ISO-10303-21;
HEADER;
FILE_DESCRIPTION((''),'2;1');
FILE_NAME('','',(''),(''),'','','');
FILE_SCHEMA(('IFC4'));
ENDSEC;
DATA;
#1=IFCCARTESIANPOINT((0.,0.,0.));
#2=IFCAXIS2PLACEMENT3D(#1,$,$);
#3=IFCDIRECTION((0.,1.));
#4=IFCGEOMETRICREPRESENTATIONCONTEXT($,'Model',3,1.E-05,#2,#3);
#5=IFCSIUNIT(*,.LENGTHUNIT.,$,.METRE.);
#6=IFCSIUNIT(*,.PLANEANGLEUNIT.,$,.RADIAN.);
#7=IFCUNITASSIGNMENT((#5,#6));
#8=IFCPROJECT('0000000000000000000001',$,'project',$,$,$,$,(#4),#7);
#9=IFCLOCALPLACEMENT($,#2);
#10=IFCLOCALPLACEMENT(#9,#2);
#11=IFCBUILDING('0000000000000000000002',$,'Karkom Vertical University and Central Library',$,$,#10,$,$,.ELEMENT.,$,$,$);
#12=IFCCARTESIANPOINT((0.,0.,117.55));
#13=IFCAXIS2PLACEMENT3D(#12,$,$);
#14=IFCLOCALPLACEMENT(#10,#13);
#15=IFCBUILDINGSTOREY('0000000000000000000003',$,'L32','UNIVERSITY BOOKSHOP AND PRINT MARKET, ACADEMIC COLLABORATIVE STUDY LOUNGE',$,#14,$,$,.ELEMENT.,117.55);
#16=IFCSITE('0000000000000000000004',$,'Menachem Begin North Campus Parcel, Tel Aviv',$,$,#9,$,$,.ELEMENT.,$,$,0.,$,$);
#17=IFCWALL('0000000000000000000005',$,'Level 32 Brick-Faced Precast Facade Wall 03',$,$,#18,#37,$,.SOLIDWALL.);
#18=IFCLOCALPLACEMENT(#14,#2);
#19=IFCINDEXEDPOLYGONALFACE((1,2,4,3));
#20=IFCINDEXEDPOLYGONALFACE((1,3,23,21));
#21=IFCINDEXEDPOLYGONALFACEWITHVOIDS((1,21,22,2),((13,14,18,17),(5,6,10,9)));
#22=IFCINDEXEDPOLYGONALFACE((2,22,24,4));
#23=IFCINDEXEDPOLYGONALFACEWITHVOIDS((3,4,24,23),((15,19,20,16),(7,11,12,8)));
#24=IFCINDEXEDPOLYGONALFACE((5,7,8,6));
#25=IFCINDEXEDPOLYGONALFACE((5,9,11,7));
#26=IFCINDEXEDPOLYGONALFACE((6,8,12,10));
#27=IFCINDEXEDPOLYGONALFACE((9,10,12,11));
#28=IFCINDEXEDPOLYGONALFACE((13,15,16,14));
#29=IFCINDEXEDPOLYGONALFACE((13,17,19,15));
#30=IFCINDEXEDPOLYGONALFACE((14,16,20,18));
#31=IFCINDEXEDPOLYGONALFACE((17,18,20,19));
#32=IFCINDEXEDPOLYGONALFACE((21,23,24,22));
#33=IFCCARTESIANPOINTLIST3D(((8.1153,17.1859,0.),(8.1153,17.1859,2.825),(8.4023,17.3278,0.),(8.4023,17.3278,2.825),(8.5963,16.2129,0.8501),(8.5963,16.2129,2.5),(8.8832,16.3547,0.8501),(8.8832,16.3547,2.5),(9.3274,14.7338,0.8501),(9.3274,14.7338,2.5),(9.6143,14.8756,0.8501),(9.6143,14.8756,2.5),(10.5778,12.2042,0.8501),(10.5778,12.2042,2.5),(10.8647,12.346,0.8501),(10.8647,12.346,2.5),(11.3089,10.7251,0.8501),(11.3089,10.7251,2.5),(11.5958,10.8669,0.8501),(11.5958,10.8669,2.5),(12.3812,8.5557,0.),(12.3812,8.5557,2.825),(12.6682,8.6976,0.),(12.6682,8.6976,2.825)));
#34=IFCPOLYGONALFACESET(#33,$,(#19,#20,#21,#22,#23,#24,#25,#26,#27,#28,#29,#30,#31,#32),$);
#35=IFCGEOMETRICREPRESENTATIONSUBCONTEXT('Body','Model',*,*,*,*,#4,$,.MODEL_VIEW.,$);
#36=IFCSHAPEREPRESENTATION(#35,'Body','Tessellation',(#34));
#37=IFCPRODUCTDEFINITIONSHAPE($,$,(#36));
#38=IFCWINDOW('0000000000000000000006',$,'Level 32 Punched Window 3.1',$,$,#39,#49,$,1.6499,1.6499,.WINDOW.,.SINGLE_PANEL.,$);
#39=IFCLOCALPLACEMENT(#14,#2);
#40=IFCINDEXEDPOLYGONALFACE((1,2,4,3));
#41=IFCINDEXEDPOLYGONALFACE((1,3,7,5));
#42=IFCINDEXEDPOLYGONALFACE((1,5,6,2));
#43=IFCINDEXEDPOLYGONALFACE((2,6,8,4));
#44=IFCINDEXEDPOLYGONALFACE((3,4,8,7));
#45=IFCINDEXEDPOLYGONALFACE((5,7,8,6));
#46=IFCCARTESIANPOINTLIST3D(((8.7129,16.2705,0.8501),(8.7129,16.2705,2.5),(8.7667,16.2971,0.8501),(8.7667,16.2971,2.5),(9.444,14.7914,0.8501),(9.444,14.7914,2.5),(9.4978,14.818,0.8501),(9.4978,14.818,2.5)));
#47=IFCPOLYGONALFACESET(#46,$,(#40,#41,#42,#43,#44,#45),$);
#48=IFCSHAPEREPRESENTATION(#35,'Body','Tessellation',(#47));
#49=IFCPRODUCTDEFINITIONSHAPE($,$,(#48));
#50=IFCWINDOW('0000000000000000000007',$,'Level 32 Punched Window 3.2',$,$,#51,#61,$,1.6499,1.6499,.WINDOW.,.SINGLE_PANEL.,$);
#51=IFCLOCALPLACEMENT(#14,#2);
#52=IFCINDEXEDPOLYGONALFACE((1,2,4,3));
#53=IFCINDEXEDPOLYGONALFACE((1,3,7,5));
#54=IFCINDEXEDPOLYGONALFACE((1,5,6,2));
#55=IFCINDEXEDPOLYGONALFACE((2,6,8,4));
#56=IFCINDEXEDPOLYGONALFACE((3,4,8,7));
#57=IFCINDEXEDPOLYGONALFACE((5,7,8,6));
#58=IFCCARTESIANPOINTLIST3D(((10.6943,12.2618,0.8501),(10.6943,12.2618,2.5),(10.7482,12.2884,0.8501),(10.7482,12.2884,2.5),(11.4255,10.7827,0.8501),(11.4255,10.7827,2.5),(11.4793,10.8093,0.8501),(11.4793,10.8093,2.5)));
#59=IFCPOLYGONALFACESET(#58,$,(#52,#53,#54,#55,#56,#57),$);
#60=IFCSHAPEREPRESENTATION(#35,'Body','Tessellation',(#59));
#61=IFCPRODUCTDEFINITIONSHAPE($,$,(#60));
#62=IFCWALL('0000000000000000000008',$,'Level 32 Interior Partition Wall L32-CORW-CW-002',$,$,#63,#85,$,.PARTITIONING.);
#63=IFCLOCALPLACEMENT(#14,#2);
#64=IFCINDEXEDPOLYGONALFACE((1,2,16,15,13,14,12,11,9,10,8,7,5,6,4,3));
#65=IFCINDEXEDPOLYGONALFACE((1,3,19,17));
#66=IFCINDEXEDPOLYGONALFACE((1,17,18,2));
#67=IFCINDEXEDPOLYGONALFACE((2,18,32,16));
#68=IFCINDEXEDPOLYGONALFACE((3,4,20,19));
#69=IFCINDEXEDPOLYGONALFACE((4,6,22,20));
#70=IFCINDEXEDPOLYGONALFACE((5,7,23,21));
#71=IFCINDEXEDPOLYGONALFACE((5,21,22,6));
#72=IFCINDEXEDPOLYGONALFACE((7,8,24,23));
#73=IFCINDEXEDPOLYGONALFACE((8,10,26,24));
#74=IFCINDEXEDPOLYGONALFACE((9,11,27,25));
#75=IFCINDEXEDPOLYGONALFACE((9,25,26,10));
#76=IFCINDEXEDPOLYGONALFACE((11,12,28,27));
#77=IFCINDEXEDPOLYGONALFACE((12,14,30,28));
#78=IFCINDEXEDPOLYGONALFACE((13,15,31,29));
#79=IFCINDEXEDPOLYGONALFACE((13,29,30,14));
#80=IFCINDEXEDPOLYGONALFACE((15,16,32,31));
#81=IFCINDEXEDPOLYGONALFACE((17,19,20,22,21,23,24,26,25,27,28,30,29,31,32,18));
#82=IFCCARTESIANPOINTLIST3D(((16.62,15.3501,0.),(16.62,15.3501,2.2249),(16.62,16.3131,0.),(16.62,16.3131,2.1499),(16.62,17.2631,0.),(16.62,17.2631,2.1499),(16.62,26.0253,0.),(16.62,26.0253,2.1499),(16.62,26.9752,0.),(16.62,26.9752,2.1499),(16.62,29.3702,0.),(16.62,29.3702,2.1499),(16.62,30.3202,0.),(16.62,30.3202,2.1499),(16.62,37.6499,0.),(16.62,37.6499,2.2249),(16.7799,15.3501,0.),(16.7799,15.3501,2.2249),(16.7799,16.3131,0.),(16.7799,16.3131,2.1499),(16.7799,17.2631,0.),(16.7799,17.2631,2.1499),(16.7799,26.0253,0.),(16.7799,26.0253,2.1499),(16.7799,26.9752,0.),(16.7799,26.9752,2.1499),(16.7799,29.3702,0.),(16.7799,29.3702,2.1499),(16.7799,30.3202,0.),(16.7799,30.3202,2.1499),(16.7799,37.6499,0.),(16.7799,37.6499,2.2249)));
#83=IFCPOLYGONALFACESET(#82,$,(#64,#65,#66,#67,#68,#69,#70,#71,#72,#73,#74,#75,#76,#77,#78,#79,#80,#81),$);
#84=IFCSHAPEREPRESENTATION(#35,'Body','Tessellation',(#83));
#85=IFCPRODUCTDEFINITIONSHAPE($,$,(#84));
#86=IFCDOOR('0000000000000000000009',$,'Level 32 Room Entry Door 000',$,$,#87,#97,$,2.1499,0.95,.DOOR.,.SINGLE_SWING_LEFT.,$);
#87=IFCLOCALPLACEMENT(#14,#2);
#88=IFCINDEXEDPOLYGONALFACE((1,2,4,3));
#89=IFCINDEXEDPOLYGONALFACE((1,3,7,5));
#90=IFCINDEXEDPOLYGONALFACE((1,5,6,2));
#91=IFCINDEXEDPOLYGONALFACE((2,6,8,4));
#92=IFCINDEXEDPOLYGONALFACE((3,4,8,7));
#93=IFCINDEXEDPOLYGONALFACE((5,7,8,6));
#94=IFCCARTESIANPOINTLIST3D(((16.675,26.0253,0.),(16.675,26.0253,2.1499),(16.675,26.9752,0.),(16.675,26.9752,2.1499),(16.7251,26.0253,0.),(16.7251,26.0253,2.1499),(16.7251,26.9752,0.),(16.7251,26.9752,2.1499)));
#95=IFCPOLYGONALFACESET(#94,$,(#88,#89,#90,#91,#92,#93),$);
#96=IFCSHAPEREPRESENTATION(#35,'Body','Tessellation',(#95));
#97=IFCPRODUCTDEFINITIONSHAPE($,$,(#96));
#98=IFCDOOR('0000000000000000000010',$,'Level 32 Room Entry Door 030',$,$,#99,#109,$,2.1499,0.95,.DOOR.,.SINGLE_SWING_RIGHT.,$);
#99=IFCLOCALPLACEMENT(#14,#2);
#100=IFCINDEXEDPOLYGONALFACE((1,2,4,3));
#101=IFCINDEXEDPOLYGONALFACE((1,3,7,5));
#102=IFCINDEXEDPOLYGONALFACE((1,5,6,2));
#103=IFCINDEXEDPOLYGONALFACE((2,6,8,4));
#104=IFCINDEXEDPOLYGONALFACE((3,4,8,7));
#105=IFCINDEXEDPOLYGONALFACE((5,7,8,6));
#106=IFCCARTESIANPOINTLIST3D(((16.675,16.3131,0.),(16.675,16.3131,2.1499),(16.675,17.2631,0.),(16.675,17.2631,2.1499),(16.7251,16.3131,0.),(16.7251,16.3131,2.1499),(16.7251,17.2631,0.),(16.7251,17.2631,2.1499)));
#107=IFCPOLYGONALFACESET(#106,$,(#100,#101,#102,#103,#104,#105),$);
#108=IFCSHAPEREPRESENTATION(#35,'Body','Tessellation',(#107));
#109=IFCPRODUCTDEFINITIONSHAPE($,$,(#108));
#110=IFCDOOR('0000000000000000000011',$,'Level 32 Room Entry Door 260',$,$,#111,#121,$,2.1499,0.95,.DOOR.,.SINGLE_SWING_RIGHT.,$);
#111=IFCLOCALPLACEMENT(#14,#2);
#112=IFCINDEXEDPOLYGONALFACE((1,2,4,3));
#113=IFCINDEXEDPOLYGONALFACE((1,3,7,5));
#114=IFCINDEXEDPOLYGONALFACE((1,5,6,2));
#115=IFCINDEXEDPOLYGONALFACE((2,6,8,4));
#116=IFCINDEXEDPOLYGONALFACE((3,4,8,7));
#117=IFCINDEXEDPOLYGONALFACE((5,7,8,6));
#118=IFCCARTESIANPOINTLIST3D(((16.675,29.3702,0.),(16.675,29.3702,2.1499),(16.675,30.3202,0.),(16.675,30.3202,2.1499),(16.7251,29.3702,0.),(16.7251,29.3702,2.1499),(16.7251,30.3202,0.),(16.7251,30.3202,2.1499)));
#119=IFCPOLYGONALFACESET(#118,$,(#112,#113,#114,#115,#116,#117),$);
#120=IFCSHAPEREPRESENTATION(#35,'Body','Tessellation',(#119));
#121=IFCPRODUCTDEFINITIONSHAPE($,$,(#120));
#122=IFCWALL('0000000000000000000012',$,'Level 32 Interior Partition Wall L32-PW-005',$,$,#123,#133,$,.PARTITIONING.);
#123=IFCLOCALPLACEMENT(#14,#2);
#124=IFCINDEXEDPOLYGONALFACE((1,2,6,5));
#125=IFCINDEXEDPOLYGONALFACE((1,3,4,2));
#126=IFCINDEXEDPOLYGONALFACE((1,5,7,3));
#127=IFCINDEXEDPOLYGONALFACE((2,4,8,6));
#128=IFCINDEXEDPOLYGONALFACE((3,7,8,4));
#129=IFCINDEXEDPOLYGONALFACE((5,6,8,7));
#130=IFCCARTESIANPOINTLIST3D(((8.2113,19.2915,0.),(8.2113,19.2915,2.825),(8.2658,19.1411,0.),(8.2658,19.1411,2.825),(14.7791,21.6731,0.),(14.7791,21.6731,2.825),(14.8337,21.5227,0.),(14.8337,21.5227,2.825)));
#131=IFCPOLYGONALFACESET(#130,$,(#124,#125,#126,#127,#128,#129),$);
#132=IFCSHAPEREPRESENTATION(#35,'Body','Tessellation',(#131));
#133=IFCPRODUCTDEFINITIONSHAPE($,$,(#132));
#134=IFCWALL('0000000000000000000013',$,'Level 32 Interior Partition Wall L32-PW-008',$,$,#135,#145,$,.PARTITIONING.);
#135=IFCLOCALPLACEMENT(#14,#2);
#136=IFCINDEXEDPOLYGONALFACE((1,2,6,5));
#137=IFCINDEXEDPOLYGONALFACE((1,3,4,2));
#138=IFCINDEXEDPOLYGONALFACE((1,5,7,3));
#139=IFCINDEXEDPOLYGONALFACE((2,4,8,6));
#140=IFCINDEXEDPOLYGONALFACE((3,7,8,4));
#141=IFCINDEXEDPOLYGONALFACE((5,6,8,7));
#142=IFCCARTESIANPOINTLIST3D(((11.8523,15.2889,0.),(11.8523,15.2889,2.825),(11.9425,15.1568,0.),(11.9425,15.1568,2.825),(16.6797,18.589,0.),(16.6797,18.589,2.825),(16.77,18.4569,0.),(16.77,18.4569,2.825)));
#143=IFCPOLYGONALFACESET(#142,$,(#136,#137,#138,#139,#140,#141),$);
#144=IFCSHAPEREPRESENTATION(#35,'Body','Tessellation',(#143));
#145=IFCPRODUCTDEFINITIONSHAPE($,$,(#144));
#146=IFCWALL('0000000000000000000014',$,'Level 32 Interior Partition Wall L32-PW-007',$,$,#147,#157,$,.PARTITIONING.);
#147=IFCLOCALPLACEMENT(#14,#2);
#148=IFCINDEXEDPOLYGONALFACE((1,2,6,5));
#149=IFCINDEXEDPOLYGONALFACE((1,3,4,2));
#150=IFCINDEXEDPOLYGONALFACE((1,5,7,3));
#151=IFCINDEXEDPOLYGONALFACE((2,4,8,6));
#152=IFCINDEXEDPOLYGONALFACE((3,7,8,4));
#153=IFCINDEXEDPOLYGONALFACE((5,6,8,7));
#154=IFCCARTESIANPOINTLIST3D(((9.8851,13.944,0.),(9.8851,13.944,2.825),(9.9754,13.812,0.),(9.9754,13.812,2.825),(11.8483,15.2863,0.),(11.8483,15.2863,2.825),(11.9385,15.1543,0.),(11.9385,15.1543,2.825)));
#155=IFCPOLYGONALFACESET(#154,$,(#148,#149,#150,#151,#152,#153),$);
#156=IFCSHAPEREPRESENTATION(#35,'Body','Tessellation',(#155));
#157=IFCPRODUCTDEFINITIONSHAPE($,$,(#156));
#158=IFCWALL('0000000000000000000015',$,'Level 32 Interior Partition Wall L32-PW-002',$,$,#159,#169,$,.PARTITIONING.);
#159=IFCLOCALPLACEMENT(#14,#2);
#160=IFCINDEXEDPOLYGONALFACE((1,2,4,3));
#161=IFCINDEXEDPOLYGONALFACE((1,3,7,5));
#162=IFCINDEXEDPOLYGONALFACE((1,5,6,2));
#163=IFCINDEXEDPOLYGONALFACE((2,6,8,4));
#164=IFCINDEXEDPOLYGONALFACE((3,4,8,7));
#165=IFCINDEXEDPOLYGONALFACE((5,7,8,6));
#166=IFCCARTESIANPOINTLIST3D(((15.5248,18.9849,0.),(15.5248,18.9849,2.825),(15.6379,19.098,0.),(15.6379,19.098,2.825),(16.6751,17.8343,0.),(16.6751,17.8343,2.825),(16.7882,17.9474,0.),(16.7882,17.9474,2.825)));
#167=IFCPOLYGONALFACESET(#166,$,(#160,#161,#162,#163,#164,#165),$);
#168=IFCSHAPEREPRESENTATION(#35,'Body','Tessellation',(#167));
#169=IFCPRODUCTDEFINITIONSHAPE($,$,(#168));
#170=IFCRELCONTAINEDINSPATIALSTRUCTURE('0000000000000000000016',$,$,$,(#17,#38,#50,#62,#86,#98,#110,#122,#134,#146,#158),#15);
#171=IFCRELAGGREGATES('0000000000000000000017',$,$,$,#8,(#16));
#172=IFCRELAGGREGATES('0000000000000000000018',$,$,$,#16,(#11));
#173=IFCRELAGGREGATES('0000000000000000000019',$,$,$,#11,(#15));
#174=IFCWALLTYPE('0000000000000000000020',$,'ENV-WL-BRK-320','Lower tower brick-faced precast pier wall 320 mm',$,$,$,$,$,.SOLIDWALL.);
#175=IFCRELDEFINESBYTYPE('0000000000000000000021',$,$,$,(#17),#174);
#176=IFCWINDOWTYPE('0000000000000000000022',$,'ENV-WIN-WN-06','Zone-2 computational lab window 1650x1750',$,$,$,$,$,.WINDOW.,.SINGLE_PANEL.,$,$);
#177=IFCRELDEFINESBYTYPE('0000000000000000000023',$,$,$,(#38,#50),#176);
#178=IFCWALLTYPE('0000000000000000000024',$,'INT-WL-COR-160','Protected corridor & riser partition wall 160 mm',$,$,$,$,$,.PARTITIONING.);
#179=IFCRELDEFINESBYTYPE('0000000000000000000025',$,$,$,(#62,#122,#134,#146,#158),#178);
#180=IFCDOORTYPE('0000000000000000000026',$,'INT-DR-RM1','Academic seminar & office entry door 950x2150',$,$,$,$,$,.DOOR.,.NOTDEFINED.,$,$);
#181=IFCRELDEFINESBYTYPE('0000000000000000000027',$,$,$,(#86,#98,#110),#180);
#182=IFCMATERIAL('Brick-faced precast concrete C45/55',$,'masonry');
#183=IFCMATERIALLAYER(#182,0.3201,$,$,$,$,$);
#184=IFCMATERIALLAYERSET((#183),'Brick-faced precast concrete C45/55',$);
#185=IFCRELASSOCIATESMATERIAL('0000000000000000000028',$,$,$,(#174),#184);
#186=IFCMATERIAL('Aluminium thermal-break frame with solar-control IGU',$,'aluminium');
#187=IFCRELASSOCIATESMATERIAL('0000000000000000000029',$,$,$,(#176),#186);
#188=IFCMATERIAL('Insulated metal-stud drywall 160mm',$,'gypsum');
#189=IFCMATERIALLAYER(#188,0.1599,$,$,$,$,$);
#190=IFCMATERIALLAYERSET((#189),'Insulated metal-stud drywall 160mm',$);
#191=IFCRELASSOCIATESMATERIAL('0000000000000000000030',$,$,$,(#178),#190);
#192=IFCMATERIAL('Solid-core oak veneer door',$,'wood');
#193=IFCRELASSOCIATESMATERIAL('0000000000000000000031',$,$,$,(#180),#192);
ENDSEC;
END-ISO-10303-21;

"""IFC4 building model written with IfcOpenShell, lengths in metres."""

from ifc_helpers import new_model, si_unit, direction, frame, frame_2d, origin, origin_with_axes, place, context, subcontext, project, spatial, rectangle, extrude, source, transform, mapped, material, layer, layer_set, type_object, element, fill, save


model = new_model("IFC4")

# Units and contexts
model_context = context("Model", 3, precision=1e-05, world=origin(), true_north=direction((0.0, 1.0)))
body_context = subcontext(model_context, "Body", "Model", "MODEL_VIEW")
ifc_project = project(units=[si_unit("LENGTHUNIT", "METRE"), si_unit("PLANEANGLEUNIT", "RADIAN")], contexts=[model_context])

# Site, building, storey
site_placement = place(None, origin())
site = spatial("IfcSite", under=ifc_project, at=site_placement, Name="Menachem Begin North Campus Parcel, Tel Aviv", CompositionType="ELEMENT", RefElevation=0.0)
building_placement = place(site_placement, origin())
building = spatial("IfcBuilding", under=site, at=building_placement, Name="Karkom Vertical University and Central Library", CompositionType="ELEMENT")
storey_placement = place(building_placement, frame((0.0, 0.0, 117.55)))
storey = spatial("IfcBuildingStorey", under=building, at=storey_placement, Name="L32", Description="UNIVERSITY BOOKSHOP AND PRINT MARKET, ACADEMIC COLLABORATIVE STUDY LOUNGE", CompositionType="ELEMENT", Elevation=117.55)

# Wall, openings, windows
ifc_material_1 = material(Name="Brick-faced precast concrete C45/55", Category="masonry")
ifc_layer_1 = layer(ifc_material_1, 0.3201)
ifc_layer_set_1 = layer_set([ifc_layer_1], Name="Brick-faced precast concrete C45/55")
wall_type_1 = type_object("IfcWallType", Name="ENV-WL-BRK-320", Description="Lower tower brick-faced precast pier wall 320 mm", PredefinedType="SOLIDWALL", material=ifc_layer_set_1)
wall_1_placement = place(storey_placement, frame((8.2588, 17.2568, 0.0), z_axis=(0.0, 0.0, 1.0), x_axis=(0.443121, -0.896462, 0.0)))
wall_1 = element("IfcWall", 1, at=wall_1_placement, inside=storey, type_object=wall_type_1, Name="Level 32 Brick-Faced Precast Facade Wall 03", PredefinedType="SOLIDWALL", context=body_context, shape_type="SweptSolid", body=[
    extrude(rectangle(XDim=9.627, YDim=0.3201, at=frame_2d((4.8135, 0.0))), origin(), (0.0, 0.0, 1.0), 2.825),
])
opening_1_placement = place(wall_1_placement, frame((1.0854, 0.0, 0.8501)))
opening_1 = element("IfcOpeningElement", 2, at=opening_1_placement, cuts=wall_1, PredefinedType="OPENING", context=body_context, shape_type="SweptSolid", body=[
    extrude(rectangle(XDim=1.6499, YDim=1.6499, at=frame_2d((0.825, 0.825))), frame((0.0, 0.1699, 0.0), z_axis=(0.0, -1.0, 0.0), x_axis=(1.0, 0.0, 0.0)), (0.0, 0.0, 1.0), 0.3401),
])
opening_2_placement = place(wall_1_placement, frame((5.5571, 0.0, 0.8501)))
opening_2 = element("IfcOpeningElement", 3, at=opening_2_placement, cuts=wall_1, PredefinedType="OPENING", context=body_context, shape_type="SweptSolid", body=[
    extrude(rectangle(XDim=1.6499, YDim=1.6499, at=frame_2d((0.825, 0.825))), frame((0.0, 0.1699, 0.0), z_axis=(0.0, -1.0, 0.0), x_axis=(1.0, 0.0, 0.0)), (0.0, 0.0, 1.0), 0.3401),
])
ifc_material_2 = material(Name="Aluminium thermal-break frame with solar-control IGU", Category="aluminium")
window_type = type_object("IfcWindowType", Name="ENV-WIN-WN-06", Description="Zone-2 computational lab window 1650x1750", PartitioningType="SINGLE_PANEL", PredefinedType="WINDOW", material=ifc_material_2)
shared_shape_1 = source(origin_with_axes(), body_context, "Body", "SweptSolid", [
    extrude(rectangle(XDim=1.6499, YDim=1.6499, at=frame_2d((0.825, 0.825))), frame((0.0, 0.03, 0.0), z_axis=(0.0, -1.0, 0.0), x_axis=(1.0, 0.0, 0.0)), (0.0, 0.0, 1.0), 0.0601),
])
window_1_placement = place(opening_1_placement, origin())
window_1 = element("IfcWindow", 4, at=window_1_placement, inside=storey, type_object=window_type, Name="Level 32 Punched Window 3.1", OverallHeight=1.6499, OverallWidth=1.6499, PartitioningType="SINGLE_PANEL", PredefinedType="WINDOW", context=body_context, shape_type="MappedRepresentation", body=[
    mapped(shared_shape_1, transform((0.0, 0.0, 0.0), scale=1.0)),
])
fill(opening_1, window_1)
window_2_placement = place(opening_2_placement, origin())
window_2 = element("IfcWindow", 5, at=window_2_placement, inside=storey, type_object=window_type, Name="Level 32 Punched Window 3.2", OverallHeight=1.6499, OverallWidth=1.6499, PartitioningType="SINGLE_PANEL", PredefinedType="WINDOW", context=body_context, shape_type="MappedRepresentation", body=[
    mapped(shared_shape_1, transform((0.0, 0.0, 0.0), scale=1.0)),
])
fill(opening_2, window_2)

# Wall, openings, doors
ifc_material_3 = material(Name="Insulated metal-stud drywall 160mm", Category="gypsum")
ifc_layer_2 = layer(ifc_material_3, 0.1599)
ifc_layer_set_2 = layer_set([ifc_layer_2], Name="Insulated metal-stud drywall 160mm")
wall_type_2 = type_object("IfcWallType", Name="INT-WL-COR-160", Description="Protected corridor & riser partition wall 160 mm", PredefinedType="PARTITIONING", material=ifc_layer_set_2)
wall_2_placement = place(storey_placement, frame((16.7, 15.3501, 0.0), z_axis=(0.0, 0.0, 1.0), x_axis=(0.0, 1.0, 0.0)))
wall_2 = element("IfcWall", 6, at=wall_2_placement, inside=storey, type_object=wall_type_2, Name="Level 32 Interior Partition Wall L32-CORW-CW-002", PredefinedType="PARTITIONING", context=body_context, shape_type="SweptSolid", body=[
    extrude(rectangle(XDim=22.2998, YDim=0.1599, at=frame_2d((11.1499, 0.0))), origin(), (0.0, 0.0, 1.0), 2.2249),
])
opening_3_placement = place(wall_2_placement, frame((10.675, 0.0, 0.0)))
opening_3 = element("IfcOpeningElement", 7, at=opening_3_placement, cuts=wall_2, PredefinedType="OPENING", context=body_context, shape_type="SweptSolid", body=[
    extrude(rectangle(XDim=0.95, YDim=2.1499, at=frame_2d((0.4751, 1.075))), frame((0.0, 0.0898, 0.0), z_axis=(0.0, -1.0, 0.0), x_axis=(1.0, 0.0, 0.0)), (0.0, 0.0, 1.0), 0.1799),
])
opening_4_placement = place(wall_2_placement, frame((0.9629, 0.0, 0.0)))
opening_4 = element("IfcOpeningElement", 8, at=opening_4_placement, cuts=wall_2, PredefinedType="OPENING", context=body_context, shape_type="SweptSolid", body=[
    extrude(rectangle(XDim=0.95, YDim=2.1499, at=frame_2d((0.4751, 1.075))), frame((0.0, 0.0898, 0.0), z_axis=(0.0, -1.0, 0.0), x_axis=(1.0, 0.0, 0.0)), (0.0, 0.0, 1.0), 0.1799),
])
opening_5_placement = place(wall_2_placement, frame((14.02, 0.0, 0.0)))
opening_5 = element("IfcOpeningElement", 9, at=opening_5_placement, cuts=wall_2, PredefinedType="OPENING", context=body_context, shape_type="SweptSolid", body=[
    extrude(rectangle(XDim=0.95, YDim=2.1499, at=frame_2d((0.4751, 1.075))), frame((0.0, 0.0898, 0.0), z_axis=(0.0, -1.0, 0.0), x_axis=(1.0, 0.0, 0.0)), (0.0, 0.0, 1.0), 0.1799),
])
ifc_material_4 = material(Name="Solid-core oak veneer door", Category="wood")
door_type_1 = type_object("IfcDoorType", Name="INT-DR-RM1", Description="Academic seminar & office entry door 950x2150", OperationType="NOTDEFINED", PredefinedType="DOOR", material=ifc_material_4)
shared_shape_2 = source(origin_with_axes(), body_context, "Body", "SweptSolid", [
    extrude(rectangle(XDim=0.95, YDim=2.1499, at=frame_2d((0.4751, 1.075))), frame((0.0, 0.0249, 0.0), z_axis=(0.0, -1.0, 0.0), x_axis=(1.0, 0.0, 0.0)), (0.0, 0.0, 1.0), 0.05),
])
door_1_placement = place(opening_3_placement, origin())
door_1 = element("IfcDoor", 10, at=door_1_placement, inside=storey, type_object=door_type_1, Name="Level 32 Room Entry Door 000", OperationType="SINGLE_SWING_LEFT", OverallHeight=2.1499, OverallWidth=0.95, PredefinedType="DOOR", context=body_context, shape_type="MappedRepresentation", body=[
    mapped(shared_shape_2, transform((0.0, 0.0, 0.0), scale=1.0)),
])
fill(opening_3, door_1)
door_2_placement = place(opening_4_placement, origin())
door_2 = element("IfcDoor", 11, at=door_2_placement, inside=storey, type_object=door_type_1, Name="Level 32 Room Entry Door 030", OperationType="SINGLE_SWING_RIGHT", OverallHeight=2.1499, OverallWidth=0.95, PredefinedType="DOOR", context=body_context, shape_type="MappedRepresentation", body=[
    mapped(shared_shape_2, transform((0.0, 0.0, 0.0), scale=1.0)),
])
fill(opening_4, door_2)
door_3_placement = place(opening_5_placement, origin())
door_3 = element("IfcDoor", 12, at=door_3_placement, inside=storey, type_object=door_type_1, Name="Level 32 Room Entry Door 260", OperationType="SINGLE_SWING_RIGHT", OverallHeight=2.1499, OverallWidth=0.95, PredefinedType="DOOR", context=body_context, shape_type="MappedRepresentation", body=[
    mapped(shared_shape_2, transform((0.0, 0.0, 0.0), scale=1.0)),
])
fill(opening_5, door_3)

# Walls
wall_3_placement = place(storey_placement, frame((14.8064, 21.5979, 0.0), z_axis=(0.0, 0.0, 1.0), x_axis=(-0.940102, -0.340893, 0.0)))
element("IfcWall", 13, at=wall_3_placement, inside=storey, type_object=wall_type_2, Name="Level 32 Interior Partition Wall L32-PW-005", PredefinedType="PARTITIONING", context=body_context, shape_type="SweptSolid", body=[
    extrude(rectangle(XDim=6.9863, YDim=0.1599, at=frame_2d((3.4932, 0.0))), origin(), (0.0, 0.0, 1.0), 2.825),
])
wall_4_placement = place(storey_placement, frame((16.7249, 18.5229, 0.0), z_axis=(0.0, 0.0, 1.0), x_axis=(-0.825539, -0.564346, 0.0)))
element("IfcWall", 14, at=wall_4_placement, inside=storey, type_object=wall_type_2, Name="Level 32 Interior Partition Wall L32-PW-008", PredefinedType="PARTITIONING", context=body_context, shape_type="SweptSolid", body=[
    extrude(rectangle(XDim=5.8477, YDim=0.1599, at=frame_2d((2.9238, 0.0))), origin(), (0.0, 0.0, 1.0), 2.825),
])
wall_5_placement = place(storey_placement, frame((11.8933, 15.2202, 0.0), z_axis=(0.0, 0.0, 1.0), x_axis=(-0.825486, -0.564423, 0.0)))
element("IfcWall", 15, at=wall_5_placement, inside=storey, type_object=wall_type_2, Name="Level 32 Interior Partition Wall L32-PW-007", PredefinedType="PARTITIONING", context=body_context, shape_type="SweptSolid", body=[
    extrude(rectangle(XDim=2.3782, YDim=0.1599, at=frame_2d((1.189, 0.0))), origin(), (0.0, 0.0, 1.0), 2.825),
])
wall_6_placement = place(storey_placement, frame((16.7317, 17.8909, 0.0), z_axis=(0.0, 0.0, 1.0), x_axis=(-0.707032, 0.707182, 0.0)))
element("IfcWall", 16, at=wall_6_placement, inside=storey, type_object=wall_type_2, Name="Level 32 Interior Partition Wall L32-PW-002", PredefinedType="PARTITIONING", context=body_context, shape_type="SweptSolid", body=[
    extrude(rectangle(XDim=1.627, YDim=0.1599, at=frame_2d((0.8135, 0.0))), origin(), (0.0, 0.0, 1.0), 2.825),
])

save(model, "model.ifc")
